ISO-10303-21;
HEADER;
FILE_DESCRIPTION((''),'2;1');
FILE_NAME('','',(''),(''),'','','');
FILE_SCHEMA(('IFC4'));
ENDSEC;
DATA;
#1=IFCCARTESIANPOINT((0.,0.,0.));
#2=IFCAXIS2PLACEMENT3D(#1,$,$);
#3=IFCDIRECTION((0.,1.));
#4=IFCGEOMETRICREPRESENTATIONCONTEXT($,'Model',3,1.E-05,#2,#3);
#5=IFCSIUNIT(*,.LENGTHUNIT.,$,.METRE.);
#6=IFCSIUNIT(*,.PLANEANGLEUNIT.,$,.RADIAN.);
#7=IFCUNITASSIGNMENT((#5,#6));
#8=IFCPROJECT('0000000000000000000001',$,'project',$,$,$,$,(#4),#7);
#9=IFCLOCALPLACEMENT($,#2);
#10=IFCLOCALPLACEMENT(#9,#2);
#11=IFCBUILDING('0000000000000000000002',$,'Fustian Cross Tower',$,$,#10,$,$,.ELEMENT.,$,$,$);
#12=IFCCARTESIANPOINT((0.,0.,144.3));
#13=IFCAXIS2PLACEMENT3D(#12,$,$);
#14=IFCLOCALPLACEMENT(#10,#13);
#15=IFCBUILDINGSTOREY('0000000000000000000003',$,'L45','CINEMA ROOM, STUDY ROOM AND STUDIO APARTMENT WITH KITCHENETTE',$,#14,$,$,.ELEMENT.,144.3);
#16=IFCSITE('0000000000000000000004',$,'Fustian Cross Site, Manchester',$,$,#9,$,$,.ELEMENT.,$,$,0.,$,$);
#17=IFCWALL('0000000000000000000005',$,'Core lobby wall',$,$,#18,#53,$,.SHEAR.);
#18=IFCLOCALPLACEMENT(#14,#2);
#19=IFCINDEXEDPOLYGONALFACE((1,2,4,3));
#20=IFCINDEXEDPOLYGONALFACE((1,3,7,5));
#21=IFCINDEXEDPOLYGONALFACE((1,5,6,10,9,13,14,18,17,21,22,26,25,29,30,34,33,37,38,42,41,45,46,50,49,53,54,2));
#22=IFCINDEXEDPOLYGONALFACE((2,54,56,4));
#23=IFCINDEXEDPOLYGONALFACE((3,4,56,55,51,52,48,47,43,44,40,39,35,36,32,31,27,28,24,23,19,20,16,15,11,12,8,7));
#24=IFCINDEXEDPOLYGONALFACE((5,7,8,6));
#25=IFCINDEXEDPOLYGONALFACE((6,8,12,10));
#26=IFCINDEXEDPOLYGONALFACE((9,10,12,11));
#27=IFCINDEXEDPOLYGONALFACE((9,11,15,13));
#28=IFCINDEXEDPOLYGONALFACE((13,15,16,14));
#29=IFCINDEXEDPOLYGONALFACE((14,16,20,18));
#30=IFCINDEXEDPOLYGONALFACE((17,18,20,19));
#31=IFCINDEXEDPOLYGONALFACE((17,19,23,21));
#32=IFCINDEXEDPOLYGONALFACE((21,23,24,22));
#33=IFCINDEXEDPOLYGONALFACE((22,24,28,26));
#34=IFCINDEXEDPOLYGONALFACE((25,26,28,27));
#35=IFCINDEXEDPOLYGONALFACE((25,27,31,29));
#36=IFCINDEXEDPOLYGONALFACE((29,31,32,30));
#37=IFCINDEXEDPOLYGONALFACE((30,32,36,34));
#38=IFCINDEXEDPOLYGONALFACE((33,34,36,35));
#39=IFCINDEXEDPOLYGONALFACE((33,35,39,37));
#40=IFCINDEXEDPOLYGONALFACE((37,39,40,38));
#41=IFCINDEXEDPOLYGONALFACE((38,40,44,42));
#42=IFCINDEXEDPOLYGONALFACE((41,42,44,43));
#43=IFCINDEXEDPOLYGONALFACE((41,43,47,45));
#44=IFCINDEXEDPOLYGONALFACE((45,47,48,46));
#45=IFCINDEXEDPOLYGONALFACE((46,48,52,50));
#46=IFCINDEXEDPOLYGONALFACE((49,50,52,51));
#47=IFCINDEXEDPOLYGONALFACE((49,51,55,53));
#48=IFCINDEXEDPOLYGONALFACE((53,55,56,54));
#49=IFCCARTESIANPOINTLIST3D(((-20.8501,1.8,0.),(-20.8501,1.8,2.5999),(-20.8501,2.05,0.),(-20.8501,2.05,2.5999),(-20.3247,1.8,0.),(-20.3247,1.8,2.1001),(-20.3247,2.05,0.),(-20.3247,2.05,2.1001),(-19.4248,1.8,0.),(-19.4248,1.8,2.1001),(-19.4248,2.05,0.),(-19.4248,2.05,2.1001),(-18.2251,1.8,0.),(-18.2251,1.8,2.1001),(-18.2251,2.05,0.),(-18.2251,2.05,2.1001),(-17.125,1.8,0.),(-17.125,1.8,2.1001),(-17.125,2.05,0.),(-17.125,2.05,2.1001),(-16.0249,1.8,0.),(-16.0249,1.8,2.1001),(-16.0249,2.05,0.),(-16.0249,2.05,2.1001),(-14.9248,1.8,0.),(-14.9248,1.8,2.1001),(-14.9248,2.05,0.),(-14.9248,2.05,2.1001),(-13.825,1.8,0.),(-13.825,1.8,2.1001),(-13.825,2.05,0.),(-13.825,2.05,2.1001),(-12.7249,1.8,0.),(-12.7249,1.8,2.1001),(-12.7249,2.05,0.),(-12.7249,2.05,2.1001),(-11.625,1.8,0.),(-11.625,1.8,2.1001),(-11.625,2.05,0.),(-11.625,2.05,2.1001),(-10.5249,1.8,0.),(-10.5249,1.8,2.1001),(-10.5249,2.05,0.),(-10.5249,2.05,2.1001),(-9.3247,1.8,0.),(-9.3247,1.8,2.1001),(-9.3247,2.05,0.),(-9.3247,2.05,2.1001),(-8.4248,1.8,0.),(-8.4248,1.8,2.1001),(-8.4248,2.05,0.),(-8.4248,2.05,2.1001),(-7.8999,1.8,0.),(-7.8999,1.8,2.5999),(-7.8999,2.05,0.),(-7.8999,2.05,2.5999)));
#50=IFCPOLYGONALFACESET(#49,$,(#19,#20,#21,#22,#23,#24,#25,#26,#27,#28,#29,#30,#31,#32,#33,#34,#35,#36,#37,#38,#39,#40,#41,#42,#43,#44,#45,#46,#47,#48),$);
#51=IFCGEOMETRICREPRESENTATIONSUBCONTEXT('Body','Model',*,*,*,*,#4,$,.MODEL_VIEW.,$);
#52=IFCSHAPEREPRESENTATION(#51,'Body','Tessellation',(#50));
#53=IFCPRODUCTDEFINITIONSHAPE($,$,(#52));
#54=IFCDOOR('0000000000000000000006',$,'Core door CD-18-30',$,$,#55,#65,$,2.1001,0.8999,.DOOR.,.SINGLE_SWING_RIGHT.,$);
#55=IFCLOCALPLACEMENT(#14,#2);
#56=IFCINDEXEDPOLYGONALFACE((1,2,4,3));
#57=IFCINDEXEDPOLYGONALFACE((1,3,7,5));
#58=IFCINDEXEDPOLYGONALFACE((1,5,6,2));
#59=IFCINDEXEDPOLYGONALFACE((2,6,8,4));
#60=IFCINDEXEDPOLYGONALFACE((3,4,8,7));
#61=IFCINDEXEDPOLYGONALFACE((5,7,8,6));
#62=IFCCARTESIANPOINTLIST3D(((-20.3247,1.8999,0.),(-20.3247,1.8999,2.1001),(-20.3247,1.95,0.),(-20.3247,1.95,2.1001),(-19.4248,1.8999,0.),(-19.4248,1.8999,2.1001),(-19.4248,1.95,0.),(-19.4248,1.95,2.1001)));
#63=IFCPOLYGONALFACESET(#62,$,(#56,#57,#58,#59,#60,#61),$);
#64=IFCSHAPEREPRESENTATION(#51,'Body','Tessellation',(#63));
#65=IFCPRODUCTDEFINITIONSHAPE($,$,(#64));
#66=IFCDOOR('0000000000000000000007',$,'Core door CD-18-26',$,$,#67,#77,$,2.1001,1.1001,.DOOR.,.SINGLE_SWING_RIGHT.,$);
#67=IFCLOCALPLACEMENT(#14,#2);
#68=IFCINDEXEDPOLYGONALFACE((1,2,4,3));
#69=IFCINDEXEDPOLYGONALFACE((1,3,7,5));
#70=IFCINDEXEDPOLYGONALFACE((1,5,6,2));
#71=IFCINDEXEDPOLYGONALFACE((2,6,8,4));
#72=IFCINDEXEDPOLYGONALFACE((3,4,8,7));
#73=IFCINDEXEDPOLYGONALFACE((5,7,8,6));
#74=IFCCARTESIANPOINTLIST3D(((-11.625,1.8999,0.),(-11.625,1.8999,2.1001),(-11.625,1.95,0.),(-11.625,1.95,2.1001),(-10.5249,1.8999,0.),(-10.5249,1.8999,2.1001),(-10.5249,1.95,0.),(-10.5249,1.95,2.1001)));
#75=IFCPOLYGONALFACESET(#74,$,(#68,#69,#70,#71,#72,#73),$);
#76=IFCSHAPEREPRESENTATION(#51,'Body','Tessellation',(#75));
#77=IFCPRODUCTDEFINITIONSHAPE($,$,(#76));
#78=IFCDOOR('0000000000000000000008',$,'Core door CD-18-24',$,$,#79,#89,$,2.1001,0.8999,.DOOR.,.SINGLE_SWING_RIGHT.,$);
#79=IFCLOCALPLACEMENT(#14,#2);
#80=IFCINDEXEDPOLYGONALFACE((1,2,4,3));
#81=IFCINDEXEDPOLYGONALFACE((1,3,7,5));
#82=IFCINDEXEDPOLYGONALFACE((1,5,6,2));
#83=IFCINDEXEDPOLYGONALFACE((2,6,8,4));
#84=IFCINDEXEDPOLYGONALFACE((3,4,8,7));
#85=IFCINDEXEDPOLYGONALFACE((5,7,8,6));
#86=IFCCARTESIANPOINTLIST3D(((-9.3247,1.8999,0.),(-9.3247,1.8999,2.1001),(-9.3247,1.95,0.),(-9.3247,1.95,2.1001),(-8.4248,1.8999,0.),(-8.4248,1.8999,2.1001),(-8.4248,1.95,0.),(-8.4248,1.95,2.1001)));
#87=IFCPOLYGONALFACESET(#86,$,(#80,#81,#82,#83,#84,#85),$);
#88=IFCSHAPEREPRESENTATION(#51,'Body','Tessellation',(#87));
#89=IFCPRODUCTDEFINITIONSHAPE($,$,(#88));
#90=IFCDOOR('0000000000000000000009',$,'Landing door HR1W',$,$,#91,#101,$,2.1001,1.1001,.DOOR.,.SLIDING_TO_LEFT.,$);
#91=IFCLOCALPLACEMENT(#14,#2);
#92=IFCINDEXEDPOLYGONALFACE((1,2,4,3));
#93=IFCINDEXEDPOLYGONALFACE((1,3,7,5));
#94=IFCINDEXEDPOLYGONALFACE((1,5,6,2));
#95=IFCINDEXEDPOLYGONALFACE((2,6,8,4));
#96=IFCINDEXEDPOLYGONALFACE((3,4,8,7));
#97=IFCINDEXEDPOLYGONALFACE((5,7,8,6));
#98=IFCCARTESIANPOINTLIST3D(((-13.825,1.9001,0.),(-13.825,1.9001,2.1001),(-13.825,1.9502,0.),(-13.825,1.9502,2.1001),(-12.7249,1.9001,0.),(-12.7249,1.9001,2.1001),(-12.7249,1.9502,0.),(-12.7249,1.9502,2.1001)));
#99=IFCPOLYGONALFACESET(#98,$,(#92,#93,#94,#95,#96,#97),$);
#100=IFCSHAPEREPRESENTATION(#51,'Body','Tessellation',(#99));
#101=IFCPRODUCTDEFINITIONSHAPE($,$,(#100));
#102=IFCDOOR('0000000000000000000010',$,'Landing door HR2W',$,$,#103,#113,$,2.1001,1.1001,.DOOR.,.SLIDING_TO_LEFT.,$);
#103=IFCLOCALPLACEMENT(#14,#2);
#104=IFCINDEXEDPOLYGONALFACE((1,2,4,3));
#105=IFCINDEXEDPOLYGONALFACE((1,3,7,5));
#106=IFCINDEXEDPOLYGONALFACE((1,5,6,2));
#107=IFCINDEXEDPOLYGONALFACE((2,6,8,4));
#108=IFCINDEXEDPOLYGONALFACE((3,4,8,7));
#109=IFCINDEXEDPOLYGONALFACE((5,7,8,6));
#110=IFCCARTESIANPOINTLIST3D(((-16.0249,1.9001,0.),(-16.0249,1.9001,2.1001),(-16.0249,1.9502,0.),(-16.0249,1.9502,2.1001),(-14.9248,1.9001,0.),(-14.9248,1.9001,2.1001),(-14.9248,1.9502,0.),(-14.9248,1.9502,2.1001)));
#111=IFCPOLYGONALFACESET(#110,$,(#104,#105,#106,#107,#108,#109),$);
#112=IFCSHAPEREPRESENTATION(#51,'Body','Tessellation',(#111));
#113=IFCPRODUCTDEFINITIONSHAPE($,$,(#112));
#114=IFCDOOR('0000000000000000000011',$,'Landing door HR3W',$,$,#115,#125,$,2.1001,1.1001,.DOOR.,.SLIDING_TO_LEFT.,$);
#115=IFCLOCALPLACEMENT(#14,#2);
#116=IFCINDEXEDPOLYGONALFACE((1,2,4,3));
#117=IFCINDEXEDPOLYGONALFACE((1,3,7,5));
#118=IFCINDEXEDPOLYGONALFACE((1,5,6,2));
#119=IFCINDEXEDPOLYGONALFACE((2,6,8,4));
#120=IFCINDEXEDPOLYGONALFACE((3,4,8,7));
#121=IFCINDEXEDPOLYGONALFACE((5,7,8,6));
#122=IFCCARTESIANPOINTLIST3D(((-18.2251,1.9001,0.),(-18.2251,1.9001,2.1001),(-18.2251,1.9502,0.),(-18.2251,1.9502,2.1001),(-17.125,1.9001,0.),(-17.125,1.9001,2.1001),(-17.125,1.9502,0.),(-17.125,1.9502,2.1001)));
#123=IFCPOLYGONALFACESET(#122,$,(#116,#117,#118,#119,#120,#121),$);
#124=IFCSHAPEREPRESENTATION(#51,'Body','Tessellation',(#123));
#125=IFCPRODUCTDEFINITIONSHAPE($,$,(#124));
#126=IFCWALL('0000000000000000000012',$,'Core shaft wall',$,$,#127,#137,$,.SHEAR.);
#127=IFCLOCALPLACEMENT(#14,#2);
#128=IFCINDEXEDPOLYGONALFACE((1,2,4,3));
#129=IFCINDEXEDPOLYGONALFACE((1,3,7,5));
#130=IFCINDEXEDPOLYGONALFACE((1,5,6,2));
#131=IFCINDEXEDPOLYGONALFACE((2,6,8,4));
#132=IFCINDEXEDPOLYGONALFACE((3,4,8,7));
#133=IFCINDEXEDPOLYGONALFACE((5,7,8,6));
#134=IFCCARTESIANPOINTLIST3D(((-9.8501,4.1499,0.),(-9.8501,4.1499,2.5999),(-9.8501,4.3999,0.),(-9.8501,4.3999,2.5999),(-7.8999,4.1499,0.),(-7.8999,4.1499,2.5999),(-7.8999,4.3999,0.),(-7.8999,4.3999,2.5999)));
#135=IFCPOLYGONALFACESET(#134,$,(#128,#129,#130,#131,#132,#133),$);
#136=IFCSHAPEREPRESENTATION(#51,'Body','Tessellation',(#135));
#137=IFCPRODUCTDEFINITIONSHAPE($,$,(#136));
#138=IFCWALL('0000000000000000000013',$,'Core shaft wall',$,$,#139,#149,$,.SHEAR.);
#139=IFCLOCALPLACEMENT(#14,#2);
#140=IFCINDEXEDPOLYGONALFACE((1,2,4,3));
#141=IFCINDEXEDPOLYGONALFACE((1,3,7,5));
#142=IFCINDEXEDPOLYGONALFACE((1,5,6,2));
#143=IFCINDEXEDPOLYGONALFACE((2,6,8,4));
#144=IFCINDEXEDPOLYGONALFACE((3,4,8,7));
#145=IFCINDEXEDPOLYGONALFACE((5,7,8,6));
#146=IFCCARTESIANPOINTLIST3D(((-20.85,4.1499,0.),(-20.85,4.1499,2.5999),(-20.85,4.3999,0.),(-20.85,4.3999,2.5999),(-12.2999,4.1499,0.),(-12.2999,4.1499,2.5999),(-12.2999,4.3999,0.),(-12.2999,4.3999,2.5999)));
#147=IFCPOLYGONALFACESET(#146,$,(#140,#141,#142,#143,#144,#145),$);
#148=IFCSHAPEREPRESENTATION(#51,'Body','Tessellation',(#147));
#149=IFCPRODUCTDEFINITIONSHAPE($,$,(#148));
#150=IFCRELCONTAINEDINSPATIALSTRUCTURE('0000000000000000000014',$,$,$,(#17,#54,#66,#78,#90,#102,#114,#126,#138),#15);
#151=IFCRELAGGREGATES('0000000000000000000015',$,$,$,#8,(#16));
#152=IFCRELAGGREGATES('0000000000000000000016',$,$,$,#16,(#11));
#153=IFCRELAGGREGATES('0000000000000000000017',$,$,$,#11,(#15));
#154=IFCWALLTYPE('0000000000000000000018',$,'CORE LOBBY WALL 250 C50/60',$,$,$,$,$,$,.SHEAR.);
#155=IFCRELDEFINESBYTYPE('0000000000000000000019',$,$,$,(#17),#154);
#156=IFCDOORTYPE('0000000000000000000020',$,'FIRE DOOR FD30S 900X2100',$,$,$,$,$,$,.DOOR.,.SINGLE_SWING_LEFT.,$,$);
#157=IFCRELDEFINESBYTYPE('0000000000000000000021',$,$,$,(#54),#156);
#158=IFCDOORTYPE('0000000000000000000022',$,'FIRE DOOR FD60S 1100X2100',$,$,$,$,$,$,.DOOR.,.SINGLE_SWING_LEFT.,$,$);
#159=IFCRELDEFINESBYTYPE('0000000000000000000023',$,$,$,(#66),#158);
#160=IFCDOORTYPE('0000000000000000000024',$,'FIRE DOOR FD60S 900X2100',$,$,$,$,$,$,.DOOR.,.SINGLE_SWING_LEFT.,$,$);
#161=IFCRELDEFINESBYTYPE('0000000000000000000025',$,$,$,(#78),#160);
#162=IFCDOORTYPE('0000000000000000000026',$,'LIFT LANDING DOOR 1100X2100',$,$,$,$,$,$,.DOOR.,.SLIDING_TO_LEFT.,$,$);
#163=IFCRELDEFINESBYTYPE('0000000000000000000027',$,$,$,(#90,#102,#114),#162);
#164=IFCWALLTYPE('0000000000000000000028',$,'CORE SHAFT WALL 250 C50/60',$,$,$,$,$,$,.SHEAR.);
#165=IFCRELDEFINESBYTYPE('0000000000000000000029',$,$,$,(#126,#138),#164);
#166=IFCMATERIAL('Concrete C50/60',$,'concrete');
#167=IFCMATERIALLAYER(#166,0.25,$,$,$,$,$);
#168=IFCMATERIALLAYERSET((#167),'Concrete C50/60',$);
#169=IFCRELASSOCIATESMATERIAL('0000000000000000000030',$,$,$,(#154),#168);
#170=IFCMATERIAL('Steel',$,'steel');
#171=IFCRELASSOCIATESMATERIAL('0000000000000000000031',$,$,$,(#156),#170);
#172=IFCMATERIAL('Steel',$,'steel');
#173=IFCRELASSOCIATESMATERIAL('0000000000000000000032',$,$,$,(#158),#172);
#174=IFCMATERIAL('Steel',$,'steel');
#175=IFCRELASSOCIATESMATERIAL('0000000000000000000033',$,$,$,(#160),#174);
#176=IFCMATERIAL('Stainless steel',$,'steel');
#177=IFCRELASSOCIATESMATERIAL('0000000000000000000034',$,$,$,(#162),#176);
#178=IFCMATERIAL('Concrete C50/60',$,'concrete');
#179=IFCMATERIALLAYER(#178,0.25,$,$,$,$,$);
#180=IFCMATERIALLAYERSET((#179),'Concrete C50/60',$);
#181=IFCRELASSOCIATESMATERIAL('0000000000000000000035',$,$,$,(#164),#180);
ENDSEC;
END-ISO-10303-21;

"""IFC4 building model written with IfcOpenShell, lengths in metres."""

from ifc_helpers import new_model, si_unit, direction, frame, frame_2d, origin, place, context, subcontext, project, spatial, rectangle, extrude, material, layer, layer_set, type_object, element, fill, save


model = new_model("IFC4")

# Units and contexts
model_context = context("Model", 3, precision=1e-05, world=origin(), true_north=direction((0.0, 1.0)))
body_context = subcontext(model_context, "Body", "Model", "MODEL_VIEW")
ifc_project = project(units=[si_unit("LENGTHUNIT", "METRE"), si_unit("PLANEANGLEUNIT", "RADIAN")], contexts=[model_context])

# Site, building, storey
site_placement = place(None, origin())
site = spatial("IfcSite", under=ifc_project, at=site_placement, Name="Fustian Cross Site, Manchester", CompositionType="ELEMENT", RefElevation=0.0)
building_placement = place(site_placement, origin())
building = spatial("IfcBuilding", under=site, at=building_placement, Name="Fustian Cross Tower", CompositionType="ELEMENT")
storey_placement = place(building_placement, frame((0.0, 0.0, 144.3)))
storey = spatial("IfcBuildingStorey", under=building, at=storey_placement, Name="L45", Description="CINEMA ROOM, STUDY ROOM AND STUDIO APARTMENT WITH KITCHENETTE", CompositionType="ELEMENT", Elevation=144.3)

# Wall, openings, doors
ifc_material_1 = material(Name="Concrete C50/60", Category="concrete")
ifc_layer_1 = layer(ifc_material_1, 0.25)
ifc_layer_set_1 = layer_set([ifc_layer_1], Name="Concrete C50/60")
wall_type_1 = type_object("IfcWallType", Name="CORE LOBBY WALL 250 C50/60", PredefinedType="SHEAR", material=ifc_layer_set_1)
wall_1_placement = place(storey_placement, frame((-7.8999, 1.925, 0.0), z_axis=(0.0, 0.0, 1.0), x_axis=(-1.0, 0.0, 0.0)))
wall_1 = element("IfcWall", 1, at=wall_1_placement, inside=storey, type_object=wall_type_1, Name="Core lobby wall", PredefinedType="SHEAR", context=body_context, shape_type="SweptSolid", body=[
    extrude(rectangle(XDim=12.9502, YDim=0.25, at=frame_2d((6.4751, 0.0))), origin(), (0.0, 0.0, 1.0), 2.5999),
])
opening_1_placement = place(wall_1_placement, frame((4.825, 0.0, 0.0)))
opening_1 = element("IfcOpeningElement", 2, at=opening_1_placement, cuts=wall_1, PredefinedType="OPENING", context=body_context, shape_type="SweptSolid", body=[
    extrude(rectangle(XDim=1.1001, YDim=2.1001, at=frame_2d((0.55, 1.05))), frame((0.0, 0.135, 0.0), z_axis=(0.0, -1.0, 0.0), x_axis=(1.0, 0.0, 0.0)), (0.0, 0.0, 1.0), 0.27),
])
opening_2_placement = place(wall_1_placement, frame((7.0249, 0.0, 0.0)))
opening_2 = element("IfcOpeningElement", 3, at=opening_2_placement, cuts=wall_1, PredefinedType="OPENING", context=body_context, shape_type="SweptSolid", body=[
    extrude(rectangle(XDim=1.1001, YDim=2.1001, at=frame_2d((0.55, 1.05))), frame((0.0, 0.135, 0.0), z_axis=(0.0, -1.0, 0.0), x_axis=(1.0, 0.0, 0.0)), (0.0, 0.0, 1.0), 0.27),
])
opening_3_placement = place(wall_1_placement, frame((9.2251, 0.0, 0.0)))
opening_3 = element("IfcOpeningElement", 4, at=opening_3_placement, cuts=wall_1, PredefinedType="OPENING", context=body_context, shape_type="SweptSolid", body=[
    extrude(rectangle(XDim=1.1001, YDim=2.1001, at=frame_2d((0.55, 1.05))), frame((0.0, 0.135, 0.0), z_axis=(0.0, -1.0, 0.0), x_axis=(1.0, 0.0, 0.0)), (0.0, 0.0, 1.0), 0.27),
])
opening_4_placement = place(wall_1_placement, frame((0.5249, 0.0, 0.0)))
opening_4 = element("IfcOpeningElement", 5, at=opening_4_placement, cuts=wall_1, PredefinedType="OPENING", context=body_context, shape_type="SweptSolid", body=[
    extrude(rectangle(XDim=0.8999, YDim=2.1001, at=frame_2d((0.45, 1.05))), frame((0.0, 0.135, 0.0), z_axis=(0.0, -1.0, 0.0), x_axis=(1.0, 0.0, 0.0)), (0.0, 0.0, 1.0), 0.27),
])
opening_5_placement = place(wall_1_placement, frame((2.625, 0.0, 0.0)))
opening_5 = element("IfcOpeningElement", 6, at=opening_5_placement, cuts=wall_1, PredefinedType="OPENING", context=body_context, shape_type="SweptSolid", body=[
    extrude(rectangle(XDim=1.1001, YDim=2.1001, at=frame_2d((0.55, 1.05))), frame((0.0, 0.135, 0.0), z_axis=(0.0, -1.0, 0.0), x_axis=(1.0, 0.0, 0.0)), (0.0, 0.0, 1.0), 0.27),
])
opening_6_placement = place(wall_1_placement, frame((11.5249, 0.0, 0.0)))
opening_6 = element("IfcOpeningElement", 7, at=opening_6_placement, cuts=wall_1, PredefinedType="OPENING", context=body_context, shape_type="SweptSolid", body=[
    extrude(rectangle(XDim=0.8999, YDim=2.1001, at=frame_2d((0.45, 1.05))), frame((0.0, 0.135, 0.0), z_axis=(0.0, -1.0, 0.0), x_axis=(1.0, 0.0, 0.0)), (0.0, 0.0, 1.0), 0.27),
])
ifc_material_2 = material(Name="Steel", Category="steel")
door_type_1 = type_object("IfcDoorType", Name="FIRE DOOR FD30S 900X2100", OperationType="SINGLE_SWING_LEFT", PredefinedType="DOOR", material=ifc_material_2)
door_1_placement = place(opening_6_placement, frame((0.8999, 0.0, 0.0), z_axis=(0.0, 0.0, 1.0), x_axis=(-1.0, 0.0, 0.0)))
door_1 = element("IfcDoor", 8, at=door_1_placement, inside=storey, type_object=door_type_1, Name="Core door CD-18-30", OperationType="SINGLE_SWING_RIGHT", OverallHeight=2.1001, OverallWidth=0.8999, PredefinedType="DOOR", context=body_context, shape_type="SweptSolid", body=[
    extrude(rectangle(XDim=0.8999, YDim=2.1001, at=frame_2d((0.45, 1.05))), frame((0.0, 0.0249, 0.0), z_axis=(0.0, -1.0, 0.0), x_axis=(1.0, 0.0, 0.0)), (0.0, 0.0, 1.0), 0.05),
])
fill(opening_6, door_1)
ifc_material_3 = material(Name="Steel", Category="steel")
door_type_2 = type_object("IfcDoorType", Name="FIRE DOOR FD60S 1100X2100", OperationType="SINGLE_SWING_LEFT", PredefinedType="DOOR", material=ifc_material_3)
door_2_placement = place(opening_5_placement, frame((1.1001, 0.0, 0.0), z_axis=(0.0, 0.0, 1.0), x_axis=(-1.0, 0.0, 0.0)))
door_2 = element("IfcDoor", 9, at=door_2_placement, inside=storey, type_object=door_type_2, Name="Core door CD-18-26", OperationType="SINGLE_SWING_RIGHT", OverallHeight=2.1001, OverallWidth=1.1001, PredefinedType="DOOR", context=body_context, shape_type="SweptSolid", body=[
    extrude(rectangle(XDim=1.1001, YDim=2.1001, at=frame_2d((0.55, 1.05))), frame((0.0, 0.0249, 0.0), z_axis=(0.0, -1.0, 0.0), x_axis=(1.0, 0.0, 0.0)), (0.0, 0.0, 1.0), 0.05),
])
fill(opening_5, door_2)
ifc_material_4 = material(Name="Steel", Category="steel")
door_type_3 = type_object("IfcDoorType", Name="FIRE DOOR FD60S 900X2100", OperationType="SINGLE_SWING_LEFT", PredefinedType="DOOR", material=ifc_material_4)
door_3_placement = place(opening_4_placement, frame((0.8999, 0.0, 0.0), z_axis=(0.0, 0.0, 1.0), x_axis=(-1.0, 0.0, 0.0)))
door_3 = element("IfcDoor", 10, at=door_3_placement, inside=storey, type_object=door_type_3, Name="Core door CD-18-24", OperationType="SINGLE_SWING_RIGHT", OverallHeight=2.1001, OverallWidth=0.8999, PredefinedType="DOOR", context=body_context, shape_type="SweptSolid", body=[
    extrude(rectangle(XDim=0.8999, YDim=2.1001, at=frame_2d((0.45, 1.05))), frame((0.0, 0.0249, 0.0), z_axis=(0.0, -1.0, 0.0), x_axis=(1.0, 0.0, 0.0)), (0.0, 0.0, 1.0), 0.05),
])
fill(opening_4, door_3)
ifc_material_5 = material(Name="Stainless steel", Category="steel")
door_type_4 = type_object("IfcDoorType", Name="LIFT LANDING DOOR 1100X2100", OperationType="SLIDING_TO_LEFT", PredefinedType="DOOR", material=ifc_material_5)
door_4_placement = place(opening_1_placement, origin())
door_4 = element("IfcDoor", 11, at=door_4_placement, inside=storey, type_object=door_type_4, Name="Landing door HR1W", OperationType="SLIDING_TO_LEFT", OverallHeight=2.1001, OverallWidth=1.1001, PredefinedType="DOOR", context=body_context, shape_type="SweptSolid", body=[
    extrude(rectangle(XDim=1.1001, YDim=2.1001, at=frame_2d((0.55, 1.05))), frame((0.0, 0.0249, 0.0), z_axis=(0.0, -1.0, 0.0), x_axis=(1.0, 0.0, 0.0)), (0.0, 0.0, 1.0), 0.05),
])
fill(opening_1, door_4)
door_5_placement = place(opening_2_placement, origin())
door_5 = element("IfcDoor", 12, at=door_5_placement, inside=storey, type_object=door_type_4, Name="Landing door HR2W", OperationType="SLIDING_TO_LEFT", OverallHeight=2.1001, OverallWidth=1.1001, PredefinedType="DOOR", context=body_context, shape_type="SweptSolid", body=[
    extrude(rectangle(XDim=1.1001, YDim=2.1001, at=frame_2d((0.55, 1.05))), frame((0.0, 0.0249, 0.0), z_axis=(0.0, -1.0, 0.0), x_axis=(1.0, 0.0, 0.0)), (0.0, 0.0, 1.0), 0.05),
])
fill(opening_2, door_5)
door_6_placement = place(opening_3_placement, origin())
door_6 = element("IfcDoor", 13, at=door_6_placement, inside=storey, type_object=door_type_4, Name="Landing door HR3W", OperationType="SLIDING_TO_LEFT", OverallHeight=2.1001, OverallWidth=1.1001, PredefinedType="DOOR", context=body_context, shape_type="SweptSolid", body=[
    extrude(rectangle(XDim=1.1001, YDim=2.1001, at=frame_2d((0.55, 1.05))), frame((0.0, 0.0249, 0.0), z_axis=(0.0, -1.0, 0.0), x_axis=(1.0, 0.0, 0.0)), (0.0, 0.0, 1.0), 0.05),
])
fill(opening_3, door_6)

# Walls
ifc_material_6 = material(Name="Concrete C50/60", Category="concrete")
ifc_layer_2 = layer(ifc_material_6, 0.25)
ifc_layer_set_2 = layer_set([ifc_layer_2], Name="Concrete C50/60")
wall_type_2 = type_object("IfcWallType", Name="CORE SHAFT WALL 250 C50/60", PredefinedType="SHEAR", material=ifc_layer_set_2)
wall_2_placement = place(storey_placement, frame((-7.8999, 4.2749, 0.0), z_axis=(0.0, 0.0, 1.0), x_axis=(-1.0, 0.0, 0.0)))
element("IfcWall", 14, at=wall_2_placement, inside=storey, type_object=wall_type_2, Name="Core shaft wall", PredefinedType="SHEAR", context=body_context, shape_type="SweptSolid", body=[
    extrude(rectangle(XDim=1.9502, YDim=0.25, at=frame_2d((0.9751, 0.0))), origin(), (0.0, 0.0, 1.0), 2.5999),
])
wall_3_placement = place(storey_placement, frame((-12.3, 4.2749, 0.0), z_axis=(0.0, 0.0, 1.0), x_axis=(-1.0, 0.0, 0.0)))
element("IfcWall", 15, at=wall_3_placement, inside=storey, type_object=wall_type_2, Name="Core shaft wall", PredefinedType="SHEAR", context=body_context, shape_type="SweptSolid", body=[
    extrude(rectangle(XDim=8.55, YDim=0.25, at=frame_2d((4.2749, 0.0))), origin(), (0.0, 0.0, 1.0), 2.5999),
])

save(model, "model.ifc")
